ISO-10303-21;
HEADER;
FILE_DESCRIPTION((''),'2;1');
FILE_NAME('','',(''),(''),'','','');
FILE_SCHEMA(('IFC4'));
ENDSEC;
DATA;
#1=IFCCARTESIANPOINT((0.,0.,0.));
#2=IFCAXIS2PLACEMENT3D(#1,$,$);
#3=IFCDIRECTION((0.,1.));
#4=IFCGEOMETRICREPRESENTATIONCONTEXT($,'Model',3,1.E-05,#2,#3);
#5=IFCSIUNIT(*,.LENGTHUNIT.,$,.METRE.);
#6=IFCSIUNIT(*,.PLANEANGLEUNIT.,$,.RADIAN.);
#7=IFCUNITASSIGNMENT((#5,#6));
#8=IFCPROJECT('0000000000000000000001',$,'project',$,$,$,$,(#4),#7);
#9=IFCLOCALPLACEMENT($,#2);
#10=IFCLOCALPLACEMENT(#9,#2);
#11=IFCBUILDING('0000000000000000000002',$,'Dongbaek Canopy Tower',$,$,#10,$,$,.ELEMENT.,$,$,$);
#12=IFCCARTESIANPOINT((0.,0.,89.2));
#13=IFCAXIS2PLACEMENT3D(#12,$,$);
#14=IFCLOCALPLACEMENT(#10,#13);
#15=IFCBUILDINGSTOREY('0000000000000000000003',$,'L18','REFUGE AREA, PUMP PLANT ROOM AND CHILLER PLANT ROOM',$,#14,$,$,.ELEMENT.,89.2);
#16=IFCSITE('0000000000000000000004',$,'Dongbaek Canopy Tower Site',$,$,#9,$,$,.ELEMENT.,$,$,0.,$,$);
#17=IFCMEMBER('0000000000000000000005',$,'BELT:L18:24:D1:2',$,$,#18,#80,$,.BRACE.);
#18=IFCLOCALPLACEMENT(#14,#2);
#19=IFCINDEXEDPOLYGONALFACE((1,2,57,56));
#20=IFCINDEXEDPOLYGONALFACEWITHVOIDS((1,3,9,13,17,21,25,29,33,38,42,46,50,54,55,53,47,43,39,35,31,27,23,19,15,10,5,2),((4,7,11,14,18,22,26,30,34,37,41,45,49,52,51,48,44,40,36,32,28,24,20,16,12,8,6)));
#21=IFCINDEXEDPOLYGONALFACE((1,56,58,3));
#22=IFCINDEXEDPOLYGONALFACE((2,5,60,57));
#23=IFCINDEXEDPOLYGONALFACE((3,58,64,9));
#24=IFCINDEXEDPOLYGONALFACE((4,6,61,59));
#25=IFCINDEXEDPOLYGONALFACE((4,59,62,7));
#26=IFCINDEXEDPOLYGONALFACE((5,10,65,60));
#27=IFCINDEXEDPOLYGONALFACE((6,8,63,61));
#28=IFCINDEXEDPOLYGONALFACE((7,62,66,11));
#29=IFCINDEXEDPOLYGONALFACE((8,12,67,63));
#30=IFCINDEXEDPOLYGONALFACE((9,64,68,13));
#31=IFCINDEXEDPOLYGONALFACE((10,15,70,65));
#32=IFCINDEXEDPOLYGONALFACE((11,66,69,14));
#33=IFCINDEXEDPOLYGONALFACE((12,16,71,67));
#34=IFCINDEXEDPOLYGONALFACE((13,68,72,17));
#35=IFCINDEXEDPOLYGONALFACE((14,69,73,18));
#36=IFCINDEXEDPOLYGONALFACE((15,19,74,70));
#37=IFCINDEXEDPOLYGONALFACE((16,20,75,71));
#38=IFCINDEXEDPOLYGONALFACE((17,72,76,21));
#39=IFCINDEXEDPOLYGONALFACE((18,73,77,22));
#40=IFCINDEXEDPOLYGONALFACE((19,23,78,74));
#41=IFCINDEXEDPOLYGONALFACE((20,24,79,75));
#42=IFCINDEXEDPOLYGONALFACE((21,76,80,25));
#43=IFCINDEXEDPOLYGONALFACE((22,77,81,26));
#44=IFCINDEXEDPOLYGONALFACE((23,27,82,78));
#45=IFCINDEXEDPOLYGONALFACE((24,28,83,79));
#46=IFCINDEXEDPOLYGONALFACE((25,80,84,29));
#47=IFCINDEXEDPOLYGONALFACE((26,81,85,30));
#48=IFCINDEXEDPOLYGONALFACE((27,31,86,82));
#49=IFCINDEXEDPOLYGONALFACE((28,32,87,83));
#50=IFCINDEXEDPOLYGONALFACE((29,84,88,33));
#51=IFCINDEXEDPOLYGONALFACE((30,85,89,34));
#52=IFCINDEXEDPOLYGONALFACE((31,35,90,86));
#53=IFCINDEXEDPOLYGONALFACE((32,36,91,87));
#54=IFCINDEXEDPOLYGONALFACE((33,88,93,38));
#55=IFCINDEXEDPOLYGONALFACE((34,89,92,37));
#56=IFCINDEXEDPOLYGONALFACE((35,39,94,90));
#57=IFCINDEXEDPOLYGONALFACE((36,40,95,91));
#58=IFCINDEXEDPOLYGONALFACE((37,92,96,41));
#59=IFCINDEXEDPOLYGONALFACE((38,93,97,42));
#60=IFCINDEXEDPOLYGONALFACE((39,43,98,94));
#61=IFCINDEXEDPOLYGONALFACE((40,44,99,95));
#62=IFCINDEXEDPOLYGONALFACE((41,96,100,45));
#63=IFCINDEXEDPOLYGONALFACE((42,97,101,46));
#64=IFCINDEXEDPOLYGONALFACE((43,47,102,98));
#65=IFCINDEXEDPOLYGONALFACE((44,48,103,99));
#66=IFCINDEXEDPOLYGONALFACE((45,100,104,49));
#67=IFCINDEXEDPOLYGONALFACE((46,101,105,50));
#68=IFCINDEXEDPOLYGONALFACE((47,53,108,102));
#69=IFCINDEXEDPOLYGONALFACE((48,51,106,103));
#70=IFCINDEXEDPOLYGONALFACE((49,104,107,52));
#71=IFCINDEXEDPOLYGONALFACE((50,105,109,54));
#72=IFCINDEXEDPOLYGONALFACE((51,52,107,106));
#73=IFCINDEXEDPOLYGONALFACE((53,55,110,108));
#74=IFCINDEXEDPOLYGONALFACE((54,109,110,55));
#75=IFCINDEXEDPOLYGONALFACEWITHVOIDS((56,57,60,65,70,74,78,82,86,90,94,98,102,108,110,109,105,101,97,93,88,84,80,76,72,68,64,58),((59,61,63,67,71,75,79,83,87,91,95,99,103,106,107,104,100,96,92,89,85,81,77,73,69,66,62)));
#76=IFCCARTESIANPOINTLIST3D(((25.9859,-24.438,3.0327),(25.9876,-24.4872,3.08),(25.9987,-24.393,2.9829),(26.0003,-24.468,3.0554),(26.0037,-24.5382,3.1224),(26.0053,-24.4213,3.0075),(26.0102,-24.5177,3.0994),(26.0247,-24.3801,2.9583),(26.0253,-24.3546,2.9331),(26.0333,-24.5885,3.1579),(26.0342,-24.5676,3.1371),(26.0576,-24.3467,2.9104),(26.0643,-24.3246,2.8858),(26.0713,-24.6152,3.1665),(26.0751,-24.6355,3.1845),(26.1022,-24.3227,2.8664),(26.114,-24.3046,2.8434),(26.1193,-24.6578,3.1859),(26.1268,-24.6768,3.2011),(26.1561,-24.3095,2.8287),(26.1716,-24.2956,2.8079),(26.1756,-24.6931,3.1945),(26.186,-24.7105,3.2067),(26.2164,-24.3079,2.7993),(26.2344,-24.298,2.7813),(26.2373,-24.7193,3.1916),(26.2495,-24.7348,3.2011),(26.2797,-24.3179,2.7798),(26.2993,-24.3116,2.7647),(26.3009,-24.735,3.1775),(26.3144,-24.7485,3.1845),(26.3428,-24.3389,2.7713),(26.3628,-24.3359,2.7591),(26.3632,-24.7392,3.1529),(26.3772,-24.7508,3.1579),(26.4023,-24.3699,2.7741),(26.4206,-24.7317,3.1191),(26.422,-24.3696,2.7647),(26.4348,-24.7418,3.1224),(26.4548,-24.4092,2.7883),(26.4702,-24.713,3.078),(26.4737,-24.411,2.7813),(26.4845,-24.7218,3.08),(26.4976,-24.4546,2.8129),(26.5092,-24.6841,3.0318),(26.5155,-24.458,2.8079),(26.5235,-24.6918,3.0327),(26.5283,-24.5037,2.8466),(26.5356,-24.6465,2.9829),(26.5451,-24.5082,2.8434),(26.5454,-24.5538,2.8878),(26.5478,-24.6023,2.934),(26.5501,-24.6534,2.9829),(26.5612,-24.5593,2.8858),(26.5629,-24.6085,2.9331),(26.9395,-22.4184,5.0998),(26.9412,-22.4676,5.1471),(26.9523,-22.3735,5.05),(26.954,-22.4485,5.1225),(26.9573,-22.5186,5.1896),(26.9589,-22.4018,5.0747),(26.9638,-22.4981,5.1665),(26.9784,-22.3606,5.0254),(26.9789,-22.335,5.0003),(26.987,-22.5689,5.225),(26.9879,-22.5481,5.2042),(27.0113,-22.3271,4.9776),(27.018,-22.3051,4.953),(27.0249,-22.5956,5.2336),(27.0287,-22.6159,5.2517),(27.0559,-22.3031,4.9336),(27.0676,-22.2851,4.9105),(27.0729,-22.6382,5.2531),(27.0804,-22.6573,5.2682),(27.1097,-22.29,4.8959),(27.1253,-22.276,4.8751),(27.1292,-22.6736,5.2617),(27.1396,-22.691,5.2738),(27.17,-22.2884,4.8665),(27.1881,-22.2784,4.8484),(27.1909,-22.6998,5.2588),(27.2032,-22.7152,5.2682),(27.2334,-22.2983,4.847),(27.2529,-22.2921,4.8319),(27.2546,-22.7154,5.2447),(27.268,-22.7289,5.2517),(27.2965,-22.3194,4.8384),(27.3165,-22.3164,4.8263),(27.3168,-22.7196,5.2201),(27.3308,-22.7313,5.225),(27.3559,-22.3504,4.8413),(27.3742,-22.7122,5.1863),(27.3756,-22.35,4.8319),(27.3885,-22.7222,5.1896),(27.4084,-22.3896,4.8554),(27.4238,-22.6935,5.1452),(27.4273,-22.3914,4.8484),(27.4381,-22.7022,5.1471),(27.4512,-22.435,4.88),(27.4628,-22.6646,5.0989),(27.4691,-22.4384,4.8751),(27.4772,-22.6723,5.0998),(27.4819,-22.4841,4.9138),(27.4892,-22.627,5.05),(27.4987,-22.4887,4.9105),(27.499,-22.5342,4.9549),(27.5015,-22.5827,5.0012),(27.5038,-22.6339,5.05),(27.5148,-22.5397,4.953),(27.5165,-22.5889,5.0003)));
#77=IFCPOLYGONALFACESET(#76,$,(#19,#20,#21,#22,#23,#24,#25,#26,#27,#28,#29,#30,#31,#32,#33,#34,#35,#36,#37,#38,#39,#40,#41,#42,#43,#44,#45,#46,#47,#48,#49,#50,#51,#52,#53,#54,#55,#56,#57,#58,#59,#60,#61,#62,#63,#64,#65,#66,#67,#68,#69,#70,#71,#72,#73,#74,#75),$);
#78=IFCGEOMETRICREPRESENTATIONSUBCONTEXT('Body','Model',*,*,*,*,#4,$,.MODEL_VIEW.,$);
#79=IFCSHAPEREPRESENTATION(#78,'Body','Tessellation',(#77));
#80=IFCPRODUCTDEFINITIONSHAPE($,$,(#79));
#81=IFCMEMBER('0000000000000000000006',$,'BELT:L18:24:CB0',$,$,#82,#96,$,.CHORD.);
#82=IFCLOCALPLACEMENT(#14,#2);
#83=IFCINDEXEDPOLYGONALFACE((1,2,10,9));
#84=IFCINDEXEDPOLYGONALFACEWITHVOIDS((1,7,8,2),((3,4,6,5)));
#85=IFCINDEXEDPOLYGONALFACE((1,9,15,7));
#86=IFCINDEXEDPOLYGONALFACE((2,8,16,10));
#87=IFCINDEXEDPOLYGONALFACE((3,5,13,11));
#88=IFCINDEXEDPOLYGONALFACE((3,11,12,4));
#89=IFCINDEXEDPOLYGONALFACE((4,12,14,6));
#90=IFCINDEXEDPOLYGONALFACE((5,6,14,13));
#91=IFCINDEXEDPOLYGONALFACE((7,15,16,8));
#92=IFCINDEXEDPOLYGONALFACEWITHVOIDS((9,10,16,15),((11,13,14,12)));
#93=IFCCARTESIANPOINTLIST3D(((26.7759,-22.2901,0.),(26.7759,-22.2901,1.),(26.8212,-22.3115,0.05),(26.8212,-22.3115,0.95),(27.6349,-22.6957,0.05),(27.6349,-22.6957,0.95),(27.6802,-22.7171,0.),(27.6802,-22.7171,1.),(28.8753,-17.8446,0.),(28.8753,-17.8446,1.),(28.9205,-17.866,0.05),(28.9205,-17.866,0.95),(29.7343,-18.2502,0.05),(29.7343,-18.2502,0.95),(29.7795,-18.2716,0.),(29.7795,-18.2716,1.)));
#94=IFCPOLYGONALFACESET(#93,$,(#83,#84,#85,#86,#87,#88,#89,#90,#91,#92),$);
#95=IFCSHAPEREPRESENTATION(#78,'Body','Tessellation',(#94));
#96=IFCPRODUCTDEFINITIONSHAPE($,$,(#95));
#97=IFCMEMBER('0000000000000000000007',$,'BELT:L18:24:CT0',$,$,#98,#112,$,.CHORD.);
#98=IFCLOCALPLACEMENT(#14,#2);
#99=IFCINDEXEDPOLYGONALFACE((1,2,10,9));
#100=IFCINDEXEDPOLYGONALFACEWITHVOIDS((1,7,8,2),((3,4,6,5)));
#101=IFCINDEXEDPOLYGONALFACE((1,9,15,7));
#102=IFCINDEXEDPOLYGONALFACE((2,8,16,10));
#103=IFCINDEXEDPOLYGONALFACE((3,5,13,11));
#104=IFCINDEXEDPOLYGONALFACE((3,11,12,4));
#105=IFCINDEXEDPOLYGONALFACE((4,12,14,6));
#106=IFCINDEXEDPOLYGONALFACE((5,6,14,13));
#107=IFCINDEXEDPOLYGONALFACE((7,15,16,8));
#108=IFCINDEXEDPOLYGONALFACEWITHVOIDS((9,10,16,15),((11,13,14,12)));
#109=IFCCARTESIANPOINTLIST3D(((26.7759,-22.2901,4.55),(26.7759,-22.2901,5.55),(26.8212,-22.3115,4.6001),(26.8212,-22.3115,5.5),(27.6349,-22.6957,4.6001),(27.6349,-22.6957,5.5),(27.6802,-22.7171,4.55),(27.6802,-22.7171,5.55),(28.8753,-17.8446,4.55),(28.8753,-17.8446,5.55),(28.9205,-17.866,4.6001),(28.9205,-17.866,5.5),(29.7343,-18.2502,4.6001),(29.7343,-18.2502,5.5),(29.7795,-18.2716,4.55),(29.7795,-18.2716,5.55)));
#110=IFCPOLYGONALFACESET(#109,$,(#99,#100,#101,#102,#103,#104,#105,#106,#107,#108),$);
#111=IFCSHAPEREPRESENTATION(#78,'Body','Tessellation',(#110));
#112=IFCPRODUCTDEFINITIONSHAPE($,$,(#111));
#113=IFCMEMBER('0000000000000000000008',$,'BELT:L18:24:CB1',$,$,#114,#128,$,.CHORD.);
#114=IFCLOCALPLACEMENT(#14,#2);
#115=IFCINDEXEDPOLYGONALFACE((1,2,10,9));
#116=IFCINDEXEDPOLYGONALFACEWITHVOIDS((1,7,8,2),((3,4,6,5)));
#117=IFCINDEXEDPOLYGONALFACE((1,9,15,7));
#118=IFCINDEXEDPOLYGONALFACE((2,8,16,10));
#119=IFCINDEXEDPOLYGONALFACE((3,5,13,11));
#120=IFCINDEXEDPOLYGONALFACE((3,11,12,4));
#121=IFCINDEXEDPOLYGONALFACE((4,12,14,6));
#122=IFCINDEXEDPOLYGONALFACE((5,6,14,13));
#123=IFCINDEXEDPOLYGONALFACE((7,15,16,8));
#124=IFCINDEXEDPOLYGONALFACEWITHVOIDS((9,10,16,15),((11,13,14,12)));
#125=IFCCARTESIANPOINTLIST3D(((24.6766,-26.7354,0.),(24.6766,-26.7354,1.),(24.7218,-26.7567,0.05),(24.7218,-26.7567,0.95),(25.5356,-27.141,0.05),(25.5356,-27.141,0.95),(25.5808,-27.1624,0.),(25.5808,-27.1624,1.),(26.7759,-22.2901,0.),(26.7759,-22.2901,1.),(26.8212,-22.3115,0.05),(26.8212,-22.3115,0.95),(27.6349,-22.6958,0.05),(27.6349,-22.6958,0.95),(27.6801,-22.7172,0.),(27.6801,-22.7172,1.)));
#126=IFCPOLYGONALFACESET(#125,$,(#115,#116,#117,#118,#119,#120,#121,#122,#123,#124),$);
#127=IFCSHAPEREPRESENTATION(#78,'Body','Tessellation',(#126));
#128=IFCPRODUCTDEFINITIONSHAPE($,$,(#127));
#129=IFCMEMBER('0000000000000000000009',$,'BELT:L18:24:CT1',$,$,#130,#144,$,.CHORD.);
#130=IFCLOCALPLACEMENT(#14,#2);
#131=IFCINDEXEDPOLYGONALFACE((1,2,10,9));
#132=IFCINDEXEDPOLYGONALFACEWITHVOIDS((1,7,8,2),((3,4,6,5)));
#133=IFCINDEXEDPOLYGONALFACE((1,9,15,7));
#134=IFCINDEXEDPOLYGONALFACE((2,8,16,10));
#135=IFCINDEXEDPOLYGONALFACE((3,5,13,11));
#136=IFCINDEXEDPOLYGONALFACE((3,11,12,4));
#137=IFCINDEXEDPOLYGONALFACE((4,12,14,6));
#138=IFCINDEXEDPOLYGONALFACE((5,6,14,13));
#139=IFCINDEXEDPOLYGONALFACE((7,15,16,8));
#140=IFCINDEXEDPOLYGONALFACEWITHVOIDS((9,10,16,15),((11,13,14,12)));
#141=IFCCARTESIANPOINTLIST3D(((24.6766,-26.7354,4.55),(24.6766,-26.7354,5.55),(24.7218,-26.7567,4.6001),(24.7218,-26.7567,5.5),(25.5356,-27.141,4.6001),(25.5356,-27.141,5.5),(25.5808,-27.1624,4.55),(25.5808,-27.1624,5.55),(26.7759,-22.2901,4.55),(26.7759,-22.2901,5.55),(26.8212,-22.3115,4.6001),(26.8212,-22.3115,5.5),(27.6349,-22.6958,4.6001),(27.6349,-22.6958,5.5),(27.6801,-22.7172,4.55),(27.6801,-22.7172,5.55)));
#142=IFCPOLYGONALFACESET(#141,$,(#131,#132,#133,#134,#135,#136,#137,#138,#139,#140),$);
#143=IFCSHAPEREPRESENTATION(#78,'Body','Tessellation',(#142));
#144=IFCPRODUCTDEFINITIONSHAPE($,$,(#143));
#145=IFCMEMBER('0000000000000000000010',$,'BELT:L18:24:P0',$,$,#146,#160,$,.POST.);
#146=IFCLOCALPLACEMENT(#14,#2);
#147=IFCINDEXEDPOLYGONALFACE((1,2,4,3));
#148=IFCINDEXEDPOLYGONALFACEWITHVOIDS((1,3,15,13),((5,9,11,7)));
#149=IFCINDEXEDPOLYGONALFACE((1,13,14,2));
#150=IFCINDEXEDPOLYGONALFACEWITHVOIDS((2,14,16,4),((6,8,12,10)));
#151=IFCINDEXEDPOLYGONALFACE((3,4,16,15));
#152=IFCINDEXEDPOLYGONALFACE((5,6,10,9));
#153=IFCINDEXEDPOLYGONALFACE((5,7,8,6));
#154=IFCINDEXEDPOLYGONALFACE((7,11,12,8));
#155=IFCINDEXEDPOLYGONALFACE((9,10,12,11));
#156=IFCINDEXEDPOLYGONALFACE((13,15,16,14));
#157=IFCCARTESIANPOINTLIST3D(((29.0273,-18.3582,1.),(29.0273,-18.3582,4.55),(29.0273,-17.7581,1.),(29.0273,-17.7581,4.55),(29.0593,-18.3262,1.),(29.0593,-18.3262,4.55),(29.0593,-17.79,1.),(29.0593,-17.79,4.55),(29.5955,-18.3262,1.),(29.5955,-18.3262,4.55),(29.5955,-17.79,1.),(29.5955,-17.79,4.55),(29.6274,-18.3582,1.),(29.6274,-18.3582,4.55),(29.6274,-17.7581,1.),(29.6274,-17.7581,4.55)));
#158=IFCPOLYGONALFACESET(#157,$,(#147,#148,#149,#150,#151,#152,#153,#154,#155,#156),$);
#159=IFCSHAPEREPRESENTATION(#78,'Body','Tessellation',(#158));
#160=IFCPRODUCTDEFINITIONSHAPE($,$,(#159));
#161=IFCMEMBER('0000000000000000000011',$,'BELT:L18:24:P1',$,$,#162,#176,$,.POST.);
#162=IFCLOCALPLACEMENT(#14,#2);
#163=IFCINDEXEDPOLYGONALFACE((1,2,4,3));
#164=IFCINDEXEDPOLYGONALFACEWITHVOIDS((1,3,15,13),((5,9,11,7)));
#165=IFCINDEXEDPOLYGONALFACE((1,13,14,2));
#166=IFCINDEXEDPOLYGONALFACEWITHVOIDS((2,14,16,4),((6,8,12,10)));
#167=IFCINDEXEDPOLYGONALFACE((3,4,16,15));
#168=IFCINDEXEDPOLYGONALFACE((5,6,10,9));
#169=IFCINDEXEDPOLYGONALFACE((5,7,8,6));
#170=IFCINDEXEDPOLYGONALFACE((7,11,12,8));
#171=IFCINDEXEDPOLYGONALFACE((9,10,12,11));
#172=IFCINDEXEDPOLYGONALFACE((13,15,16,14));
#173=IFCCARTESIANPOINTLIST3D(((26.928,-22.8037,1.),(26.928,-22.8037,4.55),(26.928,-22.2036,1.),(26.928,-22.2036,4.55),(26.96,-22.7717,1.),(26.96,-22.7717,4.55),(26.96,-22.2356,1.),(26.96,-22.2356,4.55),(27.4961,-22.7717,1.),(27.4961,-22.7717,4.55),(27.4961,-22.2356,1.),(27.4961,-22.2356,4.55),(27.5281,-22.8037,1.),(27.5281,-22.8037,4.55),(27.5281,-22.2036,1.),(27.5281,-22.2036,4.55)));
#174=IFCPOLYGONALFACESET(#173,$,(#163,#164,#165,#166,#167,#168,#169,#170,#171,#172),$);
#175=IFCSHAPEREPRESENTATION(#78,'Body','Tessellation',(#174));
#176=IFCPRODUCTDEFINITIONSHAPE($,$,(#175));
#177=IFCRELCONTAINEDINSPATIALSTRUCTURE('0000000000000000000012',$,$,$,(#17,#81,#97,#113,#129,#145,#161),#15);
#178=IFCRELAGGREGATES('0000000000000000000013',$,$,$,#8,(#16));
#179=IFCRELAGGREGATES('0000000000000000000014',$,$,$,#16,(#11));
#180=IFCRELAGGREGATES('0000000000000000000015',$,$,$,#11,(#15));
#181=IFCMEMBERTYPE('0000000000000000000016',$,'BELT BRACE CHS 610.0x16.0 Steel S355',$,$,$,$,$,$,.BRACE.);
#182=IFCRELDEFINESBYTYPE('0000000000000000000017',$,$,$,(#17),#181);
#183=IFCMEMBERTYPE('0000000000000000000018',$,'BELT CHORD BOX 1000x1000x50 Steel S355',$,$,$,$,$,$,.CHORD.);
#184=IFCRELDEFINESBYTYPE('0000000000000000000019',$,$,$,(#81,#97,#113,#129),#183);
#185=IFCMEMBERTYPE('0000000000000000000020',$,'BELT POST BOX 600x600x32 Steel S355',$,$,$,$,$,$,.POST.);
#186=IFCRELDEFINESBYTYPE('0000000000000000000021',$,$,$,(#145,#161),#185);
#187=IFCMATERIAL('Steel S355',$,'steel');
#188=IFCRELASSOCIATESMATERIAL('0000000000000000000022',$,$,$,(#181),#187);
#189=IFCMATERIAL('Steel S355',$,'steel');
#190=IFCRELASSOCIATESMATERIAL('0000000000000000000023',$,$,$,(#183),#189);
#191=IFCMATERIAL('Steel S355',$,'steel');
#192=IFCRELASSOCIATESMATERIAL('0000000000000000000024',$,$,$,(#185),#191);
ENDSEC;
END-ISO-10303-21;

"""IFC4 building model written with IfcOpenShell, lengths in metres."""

from ifc_helpers import new_model, si_unit, direction, frame, origin, origin_2d, place, context, subcontext, project, spatial, hollow_rectangle, hollow_circle, extrude, material, material_profile, profile_set, type_object, element, save


model = new_model("IFC4")

# Units and contexts
model_context = context("Model", 3, precision=1e-05, world=origin(), true_north=direction((0.0, 1.0)))
body_context = subcontext(model_context, "Body", "Model", "MODEL_VIEW")
ifc_project = project(units=[si_unit("LENGTHUNIT", "METRE"), si_unit("PLANEANGLEUNIT", "RADIAN")], contexts=[model_context])

# Site, building, storey
site_placement = place(None, origin())
site = spatial("IfcSite", under=ifc_project, at=site_placement, Name="Dongbaek Canopy Tower Site", CompositionType="ELEMENT", RefElevation=0.0)
building_placement = place(site_placement, origin())
building = spatial("IfcBuilding", under=site, at=building_placement, Name="Dongbaek Canopy Tower", CompositionType="ELEMENT")
storey_placement = place(building_placement, frame((0.0, 0.0, 89.2)))
storey = spatial("IfcBuildingStorey", under=building, at=storey_placement, Name="L18", Description="REFUGE AREA, PUMP PLANT ROOM AND CHILLER PLANT ROOM", CompositionType="ELEMENT", Elevation=89.2)

# Members
ifc_material_1 = material(Name="Steel S355", Category="steel")
ifc_material_profile_1 = material_profile(ifc_material_1, hollow_circle(Radius=0.3049, WallThickness=0.0161, at=origin_2d()), Name="BELT BRACE CHS 610.0x16.0 Steel S355")
ifc_profile_set_1 = profile_set([ifc_material_profile_1], Name="Steel S355")
member_type_1 = type_object("IfcMemberType", Name="BELT BRACE CHS 610.0x16.0 Steel S355", PredefinedType="BRACE", material=ifc_profile_set_1)
member_1_placement = place(storey_placement, frame((27.228, -22.5037, 5.05), z_axis=(-0.313361, -0.663625, -0.679269), x_axis=(0.904258, -0.426986, 0.0)))
element("IfcMember", 1, at=member_1_placement, inside=storey, type_object=member_type_1, Name="BELT:L18:24:D1:2", PredefinedType="BRACE", context=body_context, shape_type="SweptSolid", body=[
    extrude(hollow_circle(Radius=0.3049, WallThickness=0.0161, at=origin_2d()), origin(), (0.0, 0.0, 1.0), 3.0432),
])
ifc_material_2 = material(Name="Steel S355", Category="steel")
ifc_material_profile_2 = material_profile(ifc_material_2, hollow_rectangle(XDim=1.0, YDim=1.0, WallThickness=0.05, at=origin_2d()), Name="BELT CHORD BOX 1000x1000x50 Steel S355")
ifc_profile_set_2 = profile_set([ifc_material_profile_2], Name="Steel S355")
member_type_2 = type_object("IfcMemberType", Name="BELT CHORD BOX 1000x1000x50 Steel S355", PredefinedType="CHORD", material=ifc_profile_set_2)
for number, where, z_axis, x_axis, name in (
    (2, (29.3274, -18.0581, 0.5), (-0.427019, -0.904243, 0.0), (0.904243, -0.427019, 0.0), "BELT:L18:24:CB0"),
    (3, (29.3274, -18.0581, 5.05), (-0.427019, -0.904243, 0.0), (0.904243, -0.427019, 0.0), "BELT:L18:24:CT0"),
):
    element("IfcMember", number, at=place(storey_placement, frame(where, z_axis=z_axis, x_axis=x_axis)), inside=storey, type_object=member_type_2, Name=name, PredefinedType="CHORD", context=body_context, shape_type="SweptSolid", body=[
        extrude(hollow_rectangle(XDim=1.0, YDim=1.0, WallThickness=0.05, at=origin_2d()), origin(), (0.0, 0.0, 1.0), 4.9163),
    ])
for number, where, z_axis, x_axis, name in (
    (4, (27.228, -22.5037, 0.5), (-0.427038, -0.904234, 0.0), (0.904234, -0.427038, 0.0), "BELT:L18:24:CB1"),
    (5, (27.228, -22.5037, 5.05), (-0.427038, -0.904234, 0.0), (0.904234, -0.427038, 0.0), "BELT:L18:24:CT1"),
):
    element("IfcMember", number, at=place(storey_placement, frame(where, z_axis=z_axis, x_axis=x_axis)), inside=storey, type_object=member_type_2, Name=name, PredefinedType="CHORD", context=body_context, shape_type="SweptSolid", body=[
        extrude(hollow_rectangle(XDim=1.0, YDim=1.0, WallThickness=0.05, at=origin_2d()), origin(), (0.0, 0.0, 1.0), 4.916),
    ])
ifc_material_3 = material(Name="Steel S355", Category="steel")
ifc_material_profile_3 = material_profile(ifc_material_3, hollow_rectangle(XDim=0.6001, YDim=0.6001, WallThickness=0.032, at=origin_2d()), Name="BELT POST BOX 600x600x32 Steel S355")
ifc_profile_set_3 = profile_set([ifc_material_profile_3], Name="Steel S355")
member_type_3 = type_object("IfcMemberType", Name="BELT POST BOX 600x600x32 Steel S355", PredefinedType="POST", material=ifc_profile_set_3)
for number, where, z_axis, x_axis, name in (
    (6, (29.3274, -18.0581, 1.0), (0.0, 0.0, 1.0), (1.0, 0.0, 0.0), "BELT:L18:24:P0"),
    (7, (27.228, -22.5037, 1.0), (0.0, 0.0, 1.0), (1.0, 0.0, 0.0), "BELT:L18:24:P1"),
):
    element("IfcMember", number, at=place(storey_placement, frame(where, z_axis=z_axis, x_axis=x_axis)), inside=storey, type_object=member_type_3, Name=name, PredefinedType="POST", context=body_context, shape_type="SweptSolid", body=[
        extrude(hollow_rectangle(XDim=0.6001, YDim=0.6001, WallThickness=0.032, at=origin_2d()), origin(), (0.0, 0.0, 1.0), 3.55),
    ])

save(model, "model.ifc")
